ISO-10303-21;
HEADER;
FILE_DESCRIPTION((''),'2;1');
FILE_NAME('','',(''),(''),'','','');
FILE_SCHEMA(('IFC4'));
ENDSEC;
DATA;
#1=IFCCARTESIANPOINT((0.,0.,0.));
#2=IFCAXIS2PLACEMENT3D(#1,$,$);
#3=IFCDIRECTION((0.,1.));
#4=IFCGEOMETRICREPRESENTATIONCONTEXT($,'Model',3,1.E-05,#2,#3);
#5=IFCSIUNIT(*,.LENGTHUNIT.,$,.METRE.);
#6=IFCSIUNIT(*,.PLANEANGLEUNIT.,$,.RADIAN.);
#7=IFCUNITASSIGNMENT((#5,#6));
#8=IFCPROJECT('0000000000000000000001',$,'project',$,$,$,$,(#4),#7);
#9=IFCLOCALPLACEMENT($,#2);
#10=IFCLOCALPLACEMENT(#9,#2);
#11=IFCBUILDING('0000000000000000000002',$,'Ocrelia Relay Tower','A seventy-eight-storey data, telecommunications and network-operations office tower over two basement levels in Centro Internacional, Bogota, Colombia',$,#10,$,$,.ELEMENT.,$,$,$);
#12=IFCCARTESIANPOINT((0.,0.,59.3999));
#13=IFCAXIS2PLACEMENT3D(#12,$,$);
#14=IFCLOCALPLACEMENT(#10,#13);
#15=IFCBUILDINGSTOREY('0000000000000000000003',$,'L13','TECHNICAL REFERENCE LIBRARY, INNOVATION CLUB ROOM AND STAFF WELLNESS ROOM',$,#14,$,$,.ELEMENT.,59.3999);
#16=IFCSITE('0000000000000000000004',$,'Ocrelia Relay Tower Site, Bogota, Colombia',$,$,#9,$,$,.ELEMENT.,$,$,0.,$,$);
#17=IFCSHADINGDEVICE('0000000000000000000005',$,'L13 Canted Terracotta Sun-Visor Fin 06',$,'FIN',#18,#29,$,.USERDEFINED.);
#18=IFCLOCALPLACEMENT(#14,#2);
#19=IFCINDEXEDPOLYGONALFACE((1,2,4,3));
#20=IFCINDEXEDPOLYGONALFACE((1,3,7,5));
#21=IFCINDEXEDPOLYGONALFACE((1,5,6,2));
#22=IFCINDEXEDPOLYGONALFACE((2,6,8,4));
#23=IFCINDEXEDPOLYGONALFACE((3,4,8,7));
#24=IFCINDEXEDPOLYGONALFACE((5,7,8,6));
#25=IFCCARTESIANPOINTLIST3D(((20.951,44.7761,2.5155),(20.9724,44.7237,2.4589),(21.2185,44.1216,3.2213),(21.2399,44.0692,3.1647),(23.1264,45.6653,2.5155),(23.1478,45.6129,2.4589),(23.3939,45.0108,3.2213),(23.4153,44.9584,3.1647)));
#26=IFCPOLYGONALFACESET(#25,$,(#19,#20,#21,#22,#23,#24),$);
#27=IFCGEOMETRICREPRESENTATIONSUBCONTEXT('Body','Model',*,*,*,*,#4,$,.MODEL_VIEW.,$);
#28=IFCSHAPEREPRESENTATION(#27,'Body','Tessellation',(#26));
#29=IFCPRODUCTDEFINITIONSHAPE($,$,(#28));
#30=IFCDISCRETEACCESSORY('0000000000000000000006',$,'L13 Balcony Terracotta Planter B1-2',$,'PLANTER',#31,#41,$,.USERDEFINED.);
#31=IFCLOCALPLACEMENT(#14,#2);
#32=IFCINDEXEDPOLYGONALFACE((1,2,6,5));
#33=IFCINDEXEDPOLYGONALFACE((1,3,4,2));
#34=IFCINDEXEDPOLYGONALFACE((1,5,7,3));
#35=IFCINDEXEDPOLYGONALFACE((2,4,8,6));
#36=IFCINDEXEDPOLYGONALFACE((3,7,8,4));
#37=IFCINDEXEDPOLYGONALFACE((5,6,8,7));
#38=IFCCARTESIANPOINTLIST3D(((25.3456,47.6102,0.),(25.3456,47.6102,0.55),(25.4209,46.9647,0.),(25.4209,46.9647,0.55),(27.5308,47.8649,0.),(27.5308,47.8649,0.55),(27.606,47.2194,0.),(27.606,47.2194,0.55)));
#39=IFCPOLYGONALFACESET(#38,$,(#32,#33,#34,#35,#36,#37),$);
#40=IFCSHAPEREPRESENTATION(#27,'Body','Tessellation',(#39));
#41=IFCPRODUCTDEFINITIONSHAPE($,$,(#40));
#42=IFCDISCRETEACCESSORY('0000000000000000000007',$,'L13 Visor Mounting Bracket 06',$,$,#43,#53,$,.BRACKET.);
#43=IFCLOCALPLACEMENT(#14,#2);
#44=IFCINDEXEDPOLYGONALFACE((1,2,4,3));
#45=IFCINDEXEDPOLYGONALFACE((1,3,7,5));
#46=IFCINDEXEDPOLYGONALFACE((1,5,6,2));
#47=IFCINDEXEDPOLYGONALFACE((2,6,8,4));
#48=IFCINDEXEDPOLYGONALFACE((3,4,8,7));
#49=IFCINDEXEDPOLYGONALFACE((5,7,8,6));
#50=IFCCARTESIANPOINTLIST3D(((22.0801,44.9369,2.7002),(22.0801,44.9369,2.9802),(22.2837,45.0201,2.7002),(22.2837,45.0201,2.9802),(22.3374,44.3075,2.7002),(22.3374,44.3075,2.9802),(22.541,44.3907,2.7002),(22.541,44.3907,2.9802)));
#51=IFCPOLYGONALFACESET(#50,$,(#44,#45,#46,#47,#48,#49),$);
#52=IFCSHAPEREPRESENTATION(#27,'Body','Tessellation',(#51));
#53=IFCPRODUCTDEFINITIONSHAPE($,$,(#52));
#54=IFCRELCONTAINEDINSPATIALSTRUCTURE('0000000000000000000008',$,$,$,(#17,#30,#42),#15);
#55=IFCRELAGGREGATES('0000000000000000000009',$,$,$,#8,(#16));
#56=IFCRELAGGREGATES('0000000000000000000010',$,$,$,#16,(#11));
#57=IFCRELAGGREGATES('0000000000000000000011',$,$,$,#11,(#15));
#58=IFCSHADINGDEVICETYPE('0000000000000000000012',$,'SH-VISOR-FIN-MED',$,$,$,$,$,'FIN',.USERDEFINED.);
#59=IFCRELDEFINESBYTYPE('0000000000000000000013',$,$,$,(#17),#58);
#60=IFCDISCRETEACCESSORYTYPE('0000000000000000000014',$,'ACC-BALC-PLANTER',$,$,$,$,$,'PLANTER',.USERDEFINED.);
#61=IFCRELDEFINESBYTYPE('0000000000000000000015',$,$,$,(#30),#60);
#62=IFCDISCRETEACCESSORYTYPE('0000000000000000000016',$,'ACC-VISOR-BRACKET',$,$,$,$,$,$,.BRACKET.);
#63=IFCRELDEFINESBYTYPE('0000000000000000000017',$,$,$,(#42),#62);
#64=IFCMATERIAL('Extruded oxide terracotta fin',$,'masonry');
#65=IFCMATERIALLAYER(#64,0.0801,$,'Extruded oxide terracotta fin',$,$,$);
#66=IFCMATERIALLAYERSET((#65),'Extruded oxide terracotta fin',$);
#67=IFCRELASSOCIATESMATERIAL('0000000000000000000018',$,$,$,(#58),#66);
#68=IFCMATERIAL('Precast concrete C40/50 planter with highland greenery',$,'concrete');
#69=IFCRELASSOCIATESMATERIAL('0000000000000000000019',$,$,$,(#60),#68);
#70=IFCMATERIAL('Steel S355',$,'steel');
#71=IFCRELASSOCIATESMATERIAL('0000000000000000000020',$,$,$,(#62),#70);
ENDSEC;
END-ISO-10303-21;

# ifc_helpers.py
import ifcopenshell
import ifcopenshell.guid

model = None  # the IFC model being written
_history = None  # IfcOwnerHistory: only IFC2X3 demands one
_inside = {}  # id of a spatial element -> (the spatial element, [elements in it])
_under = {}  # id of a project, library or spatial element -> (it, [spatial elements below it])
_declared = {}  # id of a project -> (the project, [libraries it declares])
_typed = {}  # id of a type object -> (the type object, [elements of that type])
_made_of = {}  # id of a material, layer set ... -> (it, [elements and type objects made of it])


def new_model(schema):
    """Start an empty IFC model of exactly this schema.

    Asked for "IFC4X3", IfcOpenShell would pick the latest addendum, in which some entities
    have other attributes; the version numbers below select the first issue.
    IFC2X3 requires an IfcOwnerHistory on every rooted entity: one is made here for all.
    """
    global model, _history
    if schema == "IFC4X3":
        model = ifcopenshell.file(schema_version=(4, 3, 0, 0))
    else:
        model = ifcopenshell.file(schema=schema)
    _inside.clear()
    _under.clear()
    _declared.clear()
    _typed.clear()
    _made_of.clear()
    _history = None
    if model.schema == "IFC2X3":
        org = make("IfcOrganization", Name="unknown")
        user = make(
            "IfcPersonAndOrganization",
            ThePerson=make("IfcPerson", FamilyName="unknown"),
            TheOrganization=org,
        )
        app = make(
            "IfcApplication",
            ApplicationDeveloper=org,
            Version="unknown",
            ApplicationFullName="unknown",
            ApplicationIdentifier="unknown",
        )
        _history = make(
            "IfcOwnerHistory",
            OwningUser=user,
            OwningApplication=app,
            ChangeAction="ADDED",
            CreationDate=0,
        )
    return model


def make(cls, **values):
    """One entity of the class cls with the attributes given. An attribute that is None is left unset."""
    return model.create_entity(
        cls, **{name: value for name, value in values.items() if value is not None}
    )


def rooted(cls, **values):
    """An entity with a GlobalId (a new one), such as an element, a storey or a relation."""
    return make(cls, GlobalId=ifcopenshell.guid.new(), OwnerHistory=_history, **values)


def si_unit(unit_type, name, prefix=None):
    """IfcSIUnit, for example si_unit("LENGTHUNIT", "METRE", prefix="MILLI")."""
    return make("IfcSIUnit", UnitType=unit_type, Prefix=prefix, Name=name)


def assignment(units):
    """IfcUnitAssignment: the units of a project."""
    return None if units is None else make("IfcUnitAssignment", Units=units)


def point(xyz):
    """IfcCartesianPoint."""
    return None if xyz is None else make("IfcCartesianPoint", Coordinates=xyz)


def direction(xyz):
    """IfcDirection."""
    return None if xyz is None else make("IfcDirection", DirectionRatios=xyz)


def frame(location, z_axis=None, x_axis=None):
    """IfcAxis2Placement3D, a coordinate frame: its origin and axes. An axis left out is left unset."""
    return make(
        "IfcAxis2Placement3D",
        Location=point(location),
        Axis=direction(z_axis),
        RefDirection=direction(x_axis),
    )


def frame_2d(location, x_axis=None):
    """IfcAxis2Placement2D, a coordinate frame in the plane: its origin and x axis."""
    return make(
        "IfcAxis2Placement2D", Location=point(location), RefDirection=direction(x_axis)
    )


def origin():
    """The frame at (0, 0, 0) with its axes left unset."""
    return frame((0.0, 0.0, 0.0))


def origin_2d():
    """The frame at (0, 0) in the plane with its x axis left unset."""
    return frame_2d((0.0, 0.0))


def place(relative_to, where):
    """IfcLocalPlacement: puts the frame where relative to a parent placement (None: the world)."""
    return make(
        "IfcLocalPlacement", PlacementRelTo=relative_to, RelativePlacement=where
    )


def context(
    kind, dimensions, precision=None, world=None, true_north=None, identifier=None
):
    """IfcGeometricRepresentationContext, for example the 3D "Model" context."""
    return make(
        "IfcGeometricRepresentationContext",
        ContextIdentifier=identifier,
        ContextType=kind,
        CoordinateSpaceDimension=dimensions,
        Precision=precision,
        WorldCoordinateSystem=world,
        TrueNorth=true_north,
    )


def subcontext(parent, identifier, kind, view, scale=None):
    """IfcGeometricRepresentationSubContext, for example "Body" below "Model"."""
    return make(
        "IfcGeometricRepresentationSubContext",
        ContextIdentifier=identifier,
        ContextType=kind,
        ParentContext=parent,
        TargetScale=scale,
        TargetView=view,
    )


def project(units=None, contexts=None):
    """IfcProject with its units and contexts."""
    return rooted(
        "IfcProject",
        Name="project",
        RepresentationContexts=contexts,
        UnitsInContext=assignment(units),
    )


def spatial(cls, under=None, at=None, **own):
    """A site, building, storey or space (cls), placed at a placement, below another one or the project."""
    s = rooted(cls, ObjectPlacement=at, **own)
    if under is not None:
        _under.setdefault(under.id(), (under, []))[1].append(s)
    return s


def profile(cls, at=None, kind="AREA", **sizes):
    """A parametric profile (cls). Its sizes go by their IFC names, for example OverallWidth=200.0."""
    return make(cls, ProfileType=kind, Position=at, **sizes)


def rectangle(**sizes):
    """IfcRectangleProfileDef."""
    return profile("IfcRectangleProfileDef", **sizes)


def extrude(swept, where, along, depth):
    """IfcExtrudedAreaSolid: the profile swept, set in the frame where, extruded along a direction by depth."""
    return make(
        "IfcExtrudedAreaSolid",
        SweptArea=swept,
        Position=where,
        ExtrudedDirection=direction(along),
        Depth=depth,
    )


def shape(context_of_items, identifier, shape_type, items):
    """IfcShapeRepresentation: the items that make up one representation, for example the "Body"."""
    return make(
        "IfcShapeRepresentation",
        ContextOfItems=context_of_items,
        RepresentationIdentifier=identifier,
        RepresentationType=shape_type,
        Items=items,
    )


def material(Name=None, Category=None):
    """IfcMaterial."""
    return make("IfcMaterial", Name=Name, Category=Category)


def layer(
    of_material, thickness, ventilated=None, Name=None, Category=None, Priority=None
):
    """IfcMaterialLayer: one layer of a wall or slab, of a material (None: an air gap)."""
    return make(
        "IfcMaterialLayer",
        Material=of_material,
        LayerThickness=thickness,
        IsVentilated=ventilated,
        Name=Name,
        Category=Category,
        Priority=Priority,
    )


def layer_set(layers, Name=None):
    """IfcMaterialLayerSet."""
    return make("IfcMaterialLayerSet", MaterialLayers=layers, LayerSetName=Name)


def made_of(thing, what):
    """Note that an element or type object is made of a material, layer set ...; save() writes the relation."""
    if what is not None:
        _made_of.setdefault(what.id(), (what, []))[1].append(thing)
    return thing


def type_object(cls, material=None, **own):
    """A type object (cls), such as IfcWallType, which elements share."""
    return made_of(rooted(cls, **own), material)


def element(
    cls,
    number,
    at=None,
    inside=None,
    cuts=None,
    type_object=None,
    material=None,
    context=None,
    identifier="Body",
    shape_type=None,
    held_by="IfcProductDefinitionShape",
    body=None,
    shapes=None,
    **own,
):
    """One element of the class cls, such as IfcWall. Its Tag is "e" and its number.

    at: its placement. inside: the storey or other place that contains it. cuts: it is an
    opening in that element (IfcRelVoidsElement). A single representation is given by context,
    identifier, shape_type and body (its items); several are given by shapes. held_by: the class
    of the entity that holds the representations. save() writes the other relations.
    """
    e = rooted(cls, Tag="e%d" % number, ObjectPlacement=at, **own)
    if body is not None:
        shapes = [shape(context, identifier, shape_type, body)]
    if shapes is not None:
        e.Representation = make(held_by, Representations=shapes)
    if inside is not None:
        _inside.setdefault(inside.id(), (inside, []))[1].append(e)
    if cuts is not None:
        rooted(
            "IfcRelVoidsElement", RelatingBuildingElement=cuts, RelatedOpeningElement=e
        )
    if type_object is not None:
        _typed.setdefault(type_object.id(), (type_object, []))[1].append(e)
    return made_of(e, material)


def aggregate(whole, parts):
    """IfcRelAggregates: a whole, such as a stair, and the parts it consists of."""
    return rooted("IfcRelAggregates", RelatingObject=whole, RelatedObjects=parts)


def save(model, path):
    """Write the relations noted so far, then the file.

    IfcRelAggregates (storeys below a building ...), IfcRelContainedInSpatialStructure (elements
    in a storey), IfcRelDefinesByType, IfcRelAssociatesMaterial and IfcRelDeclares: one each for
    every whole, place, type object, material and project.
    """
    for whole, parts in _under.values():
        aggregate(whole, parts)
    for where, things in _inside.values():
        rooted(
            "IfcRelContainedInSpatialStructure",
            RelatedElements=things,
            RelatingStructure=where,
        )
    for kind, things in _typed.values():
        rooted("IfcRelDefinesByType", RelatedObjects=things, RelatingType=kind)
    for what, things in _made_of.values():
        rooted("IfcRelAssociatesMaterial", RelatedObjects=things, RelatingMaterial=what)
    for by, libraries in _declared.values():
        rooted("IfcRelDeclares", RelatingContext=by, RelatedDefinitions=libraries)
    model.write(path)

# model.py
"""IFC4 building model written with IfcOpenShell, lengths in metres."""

from ifc_helpers import new_model, si_unit, direction, frame, origin, origin_2d, place, context, subcontext, project, spatial, rectangle, extrude, material, layer, layer_set, type_object, element, save


model = new_model("IFC4")

# Units and contexts
model_context = context("Model", 3, precision=1e-05, world=origin(), true_north=direction((0.0, 1.0)))
body_context = subcontext(model_context, "Body", "Model", "MODEL_VIEW")
ifc_project = project(units=[si_unit("LENGTHUNIT", "METRE"), si_unit("PLANEANGLEUNIT", "RADIAN")], contexts=[model_context])

# Site, building, storey
site_placement = place(None, origin())
site = spatial("IfcSite", under=ifc_project, at=site_placement, Name="Ocrelia Relay Tower Site, Bogota, Colombia", CompositionType="ELEMENT", RefElevation=0.0)
building_placement = place(site_placement, origin())
building = spatial("IfcBuilding", under=site, at=building_placement, Name="Ocrelia Relay Tower", Description="A seventy-eight-storey data, telecommunications and network-operations office tower over two basement levels in Centro Internacional, Bogota, Colombia", CompositionType="ELEMENT")
storey_placement = place(building_placement, frame((0.0, 0.0, 59.3999)))
storey = spatial("IfcBuildingStorey", under=building, at=storey_placement, Name="L13", Description="TECHNICAL REFERENCE LIBRARY, INNOVATION CLUB ROOM AND STAFF WELLNESS ROOM", CompositionType="ELEMENT", Elevation=59.3999)

# Shared definitions
ifc_material_1 = material(Name="Steel S355", Category="steel")

# Shading device
ifc_material_2 = material(Name="Extruded oxide terracotta fin", Category="masonry")
ifc_layer_1 = layer(ifc_material_2, 0.0801, Name="Extruded oxide terracotta fin")
ifc_layer_set_1 = layer_set([ifc_layer_1], Name="Extruded oxide terracotta fin")
shading_device_type_1 = type_object("IfcShadingDeviceType", Name="SH-VISOR-FIN-MED", ElementType="FIN", PredefinedType="USERDEFINED", material=ifc_layer_set_1)
shading_device_1_placement = place(storey_placement, frame((22.1938, 44.8411, 2.8118), z_axis=(-0.267304, 0.65397, 0.707724), x_axis=(-0.925661, -0.378355, 0.0)))
element("IfcShadingDevice", 1, at=shading_device_1_placement, inside=storey, type_object=shading_device_type_1, Name="L13 Canted Terracotta Sun-Visor Fin 06", ObjectType="FIN", PredefinedType="USERDEFINED", context=body_context, shape_type="SweptSolid", body=[
    extrude(rectangle(XDim=2.3501, YDim=0.999, at=origin_2d()), origin(), (0.0, 0.0, 1.0), 0.0801),
])

# Discrete accessories
ifc_material_3 = material(Name="Precast concrete C40/50 planter with highland greenery", Category="concrete")
discrete_accessory_type_1 = type_object("IfcDiscreteAccessoryType", Name="ACC-BALC-PLANTER", ElementType="PLANTER", PredefinedType="USERDEFINED", material=ifc_material_3)
discrete_accessory_1_placement = place(storey_placement, frame((26.4758, 47.4148, 0.0), z_axis=(0.0, 0.0, 1.0), x_axis=(0.993273, 0.115796, 0.0)))
element("IfcDiscreteAccessory", 2, at=discrete_accessory_1_placement, inside=storey, type_object=discrete_accessory_type_1, Name="L13 Balcony Terracotta Planter B1-2", ObjectType="PLANTER", PredefinedType="USERDEFINED", context=body_context, shape_type="SweptSolid", body=[
    extrude(rectangle(XDim=2.2, YDim=0.6499, at=origin_2d()), origin(), (0.0, 0.0, 1.0), 0.55),
])
discrete_accessory_type_2 = type_object("IfcDiscreteAccessoryType", Name="ACC-VISOR-BRACKET", PredefinedType="BRACKET", material=ifc_material_1)
discrete_accessory_2_placement = place(storey_placement, frame((22.3105, 44.6638, 2.7002), z_axis=(0.0, 0.0, 1.0), x_axis=(-0.925661, -0.378355, 0.0)))
element("IfcDiscreteAccessory", 3, at=discrete_accessory_2_placement, inside=storey, type_object=discrete_accessory_type_2, Name="L13 Visor Mounting Bracket 06", PredefinedType="BRACKET", context=body_context, shape_type="SweptSolid", body=[
    extrude(rectangle(XDim=0.22, YDim=0.6799, at=origin_2d()), origin(), (0.0, 0.0, 1.0), 0.28),
])

save(model, "model.ifc")
